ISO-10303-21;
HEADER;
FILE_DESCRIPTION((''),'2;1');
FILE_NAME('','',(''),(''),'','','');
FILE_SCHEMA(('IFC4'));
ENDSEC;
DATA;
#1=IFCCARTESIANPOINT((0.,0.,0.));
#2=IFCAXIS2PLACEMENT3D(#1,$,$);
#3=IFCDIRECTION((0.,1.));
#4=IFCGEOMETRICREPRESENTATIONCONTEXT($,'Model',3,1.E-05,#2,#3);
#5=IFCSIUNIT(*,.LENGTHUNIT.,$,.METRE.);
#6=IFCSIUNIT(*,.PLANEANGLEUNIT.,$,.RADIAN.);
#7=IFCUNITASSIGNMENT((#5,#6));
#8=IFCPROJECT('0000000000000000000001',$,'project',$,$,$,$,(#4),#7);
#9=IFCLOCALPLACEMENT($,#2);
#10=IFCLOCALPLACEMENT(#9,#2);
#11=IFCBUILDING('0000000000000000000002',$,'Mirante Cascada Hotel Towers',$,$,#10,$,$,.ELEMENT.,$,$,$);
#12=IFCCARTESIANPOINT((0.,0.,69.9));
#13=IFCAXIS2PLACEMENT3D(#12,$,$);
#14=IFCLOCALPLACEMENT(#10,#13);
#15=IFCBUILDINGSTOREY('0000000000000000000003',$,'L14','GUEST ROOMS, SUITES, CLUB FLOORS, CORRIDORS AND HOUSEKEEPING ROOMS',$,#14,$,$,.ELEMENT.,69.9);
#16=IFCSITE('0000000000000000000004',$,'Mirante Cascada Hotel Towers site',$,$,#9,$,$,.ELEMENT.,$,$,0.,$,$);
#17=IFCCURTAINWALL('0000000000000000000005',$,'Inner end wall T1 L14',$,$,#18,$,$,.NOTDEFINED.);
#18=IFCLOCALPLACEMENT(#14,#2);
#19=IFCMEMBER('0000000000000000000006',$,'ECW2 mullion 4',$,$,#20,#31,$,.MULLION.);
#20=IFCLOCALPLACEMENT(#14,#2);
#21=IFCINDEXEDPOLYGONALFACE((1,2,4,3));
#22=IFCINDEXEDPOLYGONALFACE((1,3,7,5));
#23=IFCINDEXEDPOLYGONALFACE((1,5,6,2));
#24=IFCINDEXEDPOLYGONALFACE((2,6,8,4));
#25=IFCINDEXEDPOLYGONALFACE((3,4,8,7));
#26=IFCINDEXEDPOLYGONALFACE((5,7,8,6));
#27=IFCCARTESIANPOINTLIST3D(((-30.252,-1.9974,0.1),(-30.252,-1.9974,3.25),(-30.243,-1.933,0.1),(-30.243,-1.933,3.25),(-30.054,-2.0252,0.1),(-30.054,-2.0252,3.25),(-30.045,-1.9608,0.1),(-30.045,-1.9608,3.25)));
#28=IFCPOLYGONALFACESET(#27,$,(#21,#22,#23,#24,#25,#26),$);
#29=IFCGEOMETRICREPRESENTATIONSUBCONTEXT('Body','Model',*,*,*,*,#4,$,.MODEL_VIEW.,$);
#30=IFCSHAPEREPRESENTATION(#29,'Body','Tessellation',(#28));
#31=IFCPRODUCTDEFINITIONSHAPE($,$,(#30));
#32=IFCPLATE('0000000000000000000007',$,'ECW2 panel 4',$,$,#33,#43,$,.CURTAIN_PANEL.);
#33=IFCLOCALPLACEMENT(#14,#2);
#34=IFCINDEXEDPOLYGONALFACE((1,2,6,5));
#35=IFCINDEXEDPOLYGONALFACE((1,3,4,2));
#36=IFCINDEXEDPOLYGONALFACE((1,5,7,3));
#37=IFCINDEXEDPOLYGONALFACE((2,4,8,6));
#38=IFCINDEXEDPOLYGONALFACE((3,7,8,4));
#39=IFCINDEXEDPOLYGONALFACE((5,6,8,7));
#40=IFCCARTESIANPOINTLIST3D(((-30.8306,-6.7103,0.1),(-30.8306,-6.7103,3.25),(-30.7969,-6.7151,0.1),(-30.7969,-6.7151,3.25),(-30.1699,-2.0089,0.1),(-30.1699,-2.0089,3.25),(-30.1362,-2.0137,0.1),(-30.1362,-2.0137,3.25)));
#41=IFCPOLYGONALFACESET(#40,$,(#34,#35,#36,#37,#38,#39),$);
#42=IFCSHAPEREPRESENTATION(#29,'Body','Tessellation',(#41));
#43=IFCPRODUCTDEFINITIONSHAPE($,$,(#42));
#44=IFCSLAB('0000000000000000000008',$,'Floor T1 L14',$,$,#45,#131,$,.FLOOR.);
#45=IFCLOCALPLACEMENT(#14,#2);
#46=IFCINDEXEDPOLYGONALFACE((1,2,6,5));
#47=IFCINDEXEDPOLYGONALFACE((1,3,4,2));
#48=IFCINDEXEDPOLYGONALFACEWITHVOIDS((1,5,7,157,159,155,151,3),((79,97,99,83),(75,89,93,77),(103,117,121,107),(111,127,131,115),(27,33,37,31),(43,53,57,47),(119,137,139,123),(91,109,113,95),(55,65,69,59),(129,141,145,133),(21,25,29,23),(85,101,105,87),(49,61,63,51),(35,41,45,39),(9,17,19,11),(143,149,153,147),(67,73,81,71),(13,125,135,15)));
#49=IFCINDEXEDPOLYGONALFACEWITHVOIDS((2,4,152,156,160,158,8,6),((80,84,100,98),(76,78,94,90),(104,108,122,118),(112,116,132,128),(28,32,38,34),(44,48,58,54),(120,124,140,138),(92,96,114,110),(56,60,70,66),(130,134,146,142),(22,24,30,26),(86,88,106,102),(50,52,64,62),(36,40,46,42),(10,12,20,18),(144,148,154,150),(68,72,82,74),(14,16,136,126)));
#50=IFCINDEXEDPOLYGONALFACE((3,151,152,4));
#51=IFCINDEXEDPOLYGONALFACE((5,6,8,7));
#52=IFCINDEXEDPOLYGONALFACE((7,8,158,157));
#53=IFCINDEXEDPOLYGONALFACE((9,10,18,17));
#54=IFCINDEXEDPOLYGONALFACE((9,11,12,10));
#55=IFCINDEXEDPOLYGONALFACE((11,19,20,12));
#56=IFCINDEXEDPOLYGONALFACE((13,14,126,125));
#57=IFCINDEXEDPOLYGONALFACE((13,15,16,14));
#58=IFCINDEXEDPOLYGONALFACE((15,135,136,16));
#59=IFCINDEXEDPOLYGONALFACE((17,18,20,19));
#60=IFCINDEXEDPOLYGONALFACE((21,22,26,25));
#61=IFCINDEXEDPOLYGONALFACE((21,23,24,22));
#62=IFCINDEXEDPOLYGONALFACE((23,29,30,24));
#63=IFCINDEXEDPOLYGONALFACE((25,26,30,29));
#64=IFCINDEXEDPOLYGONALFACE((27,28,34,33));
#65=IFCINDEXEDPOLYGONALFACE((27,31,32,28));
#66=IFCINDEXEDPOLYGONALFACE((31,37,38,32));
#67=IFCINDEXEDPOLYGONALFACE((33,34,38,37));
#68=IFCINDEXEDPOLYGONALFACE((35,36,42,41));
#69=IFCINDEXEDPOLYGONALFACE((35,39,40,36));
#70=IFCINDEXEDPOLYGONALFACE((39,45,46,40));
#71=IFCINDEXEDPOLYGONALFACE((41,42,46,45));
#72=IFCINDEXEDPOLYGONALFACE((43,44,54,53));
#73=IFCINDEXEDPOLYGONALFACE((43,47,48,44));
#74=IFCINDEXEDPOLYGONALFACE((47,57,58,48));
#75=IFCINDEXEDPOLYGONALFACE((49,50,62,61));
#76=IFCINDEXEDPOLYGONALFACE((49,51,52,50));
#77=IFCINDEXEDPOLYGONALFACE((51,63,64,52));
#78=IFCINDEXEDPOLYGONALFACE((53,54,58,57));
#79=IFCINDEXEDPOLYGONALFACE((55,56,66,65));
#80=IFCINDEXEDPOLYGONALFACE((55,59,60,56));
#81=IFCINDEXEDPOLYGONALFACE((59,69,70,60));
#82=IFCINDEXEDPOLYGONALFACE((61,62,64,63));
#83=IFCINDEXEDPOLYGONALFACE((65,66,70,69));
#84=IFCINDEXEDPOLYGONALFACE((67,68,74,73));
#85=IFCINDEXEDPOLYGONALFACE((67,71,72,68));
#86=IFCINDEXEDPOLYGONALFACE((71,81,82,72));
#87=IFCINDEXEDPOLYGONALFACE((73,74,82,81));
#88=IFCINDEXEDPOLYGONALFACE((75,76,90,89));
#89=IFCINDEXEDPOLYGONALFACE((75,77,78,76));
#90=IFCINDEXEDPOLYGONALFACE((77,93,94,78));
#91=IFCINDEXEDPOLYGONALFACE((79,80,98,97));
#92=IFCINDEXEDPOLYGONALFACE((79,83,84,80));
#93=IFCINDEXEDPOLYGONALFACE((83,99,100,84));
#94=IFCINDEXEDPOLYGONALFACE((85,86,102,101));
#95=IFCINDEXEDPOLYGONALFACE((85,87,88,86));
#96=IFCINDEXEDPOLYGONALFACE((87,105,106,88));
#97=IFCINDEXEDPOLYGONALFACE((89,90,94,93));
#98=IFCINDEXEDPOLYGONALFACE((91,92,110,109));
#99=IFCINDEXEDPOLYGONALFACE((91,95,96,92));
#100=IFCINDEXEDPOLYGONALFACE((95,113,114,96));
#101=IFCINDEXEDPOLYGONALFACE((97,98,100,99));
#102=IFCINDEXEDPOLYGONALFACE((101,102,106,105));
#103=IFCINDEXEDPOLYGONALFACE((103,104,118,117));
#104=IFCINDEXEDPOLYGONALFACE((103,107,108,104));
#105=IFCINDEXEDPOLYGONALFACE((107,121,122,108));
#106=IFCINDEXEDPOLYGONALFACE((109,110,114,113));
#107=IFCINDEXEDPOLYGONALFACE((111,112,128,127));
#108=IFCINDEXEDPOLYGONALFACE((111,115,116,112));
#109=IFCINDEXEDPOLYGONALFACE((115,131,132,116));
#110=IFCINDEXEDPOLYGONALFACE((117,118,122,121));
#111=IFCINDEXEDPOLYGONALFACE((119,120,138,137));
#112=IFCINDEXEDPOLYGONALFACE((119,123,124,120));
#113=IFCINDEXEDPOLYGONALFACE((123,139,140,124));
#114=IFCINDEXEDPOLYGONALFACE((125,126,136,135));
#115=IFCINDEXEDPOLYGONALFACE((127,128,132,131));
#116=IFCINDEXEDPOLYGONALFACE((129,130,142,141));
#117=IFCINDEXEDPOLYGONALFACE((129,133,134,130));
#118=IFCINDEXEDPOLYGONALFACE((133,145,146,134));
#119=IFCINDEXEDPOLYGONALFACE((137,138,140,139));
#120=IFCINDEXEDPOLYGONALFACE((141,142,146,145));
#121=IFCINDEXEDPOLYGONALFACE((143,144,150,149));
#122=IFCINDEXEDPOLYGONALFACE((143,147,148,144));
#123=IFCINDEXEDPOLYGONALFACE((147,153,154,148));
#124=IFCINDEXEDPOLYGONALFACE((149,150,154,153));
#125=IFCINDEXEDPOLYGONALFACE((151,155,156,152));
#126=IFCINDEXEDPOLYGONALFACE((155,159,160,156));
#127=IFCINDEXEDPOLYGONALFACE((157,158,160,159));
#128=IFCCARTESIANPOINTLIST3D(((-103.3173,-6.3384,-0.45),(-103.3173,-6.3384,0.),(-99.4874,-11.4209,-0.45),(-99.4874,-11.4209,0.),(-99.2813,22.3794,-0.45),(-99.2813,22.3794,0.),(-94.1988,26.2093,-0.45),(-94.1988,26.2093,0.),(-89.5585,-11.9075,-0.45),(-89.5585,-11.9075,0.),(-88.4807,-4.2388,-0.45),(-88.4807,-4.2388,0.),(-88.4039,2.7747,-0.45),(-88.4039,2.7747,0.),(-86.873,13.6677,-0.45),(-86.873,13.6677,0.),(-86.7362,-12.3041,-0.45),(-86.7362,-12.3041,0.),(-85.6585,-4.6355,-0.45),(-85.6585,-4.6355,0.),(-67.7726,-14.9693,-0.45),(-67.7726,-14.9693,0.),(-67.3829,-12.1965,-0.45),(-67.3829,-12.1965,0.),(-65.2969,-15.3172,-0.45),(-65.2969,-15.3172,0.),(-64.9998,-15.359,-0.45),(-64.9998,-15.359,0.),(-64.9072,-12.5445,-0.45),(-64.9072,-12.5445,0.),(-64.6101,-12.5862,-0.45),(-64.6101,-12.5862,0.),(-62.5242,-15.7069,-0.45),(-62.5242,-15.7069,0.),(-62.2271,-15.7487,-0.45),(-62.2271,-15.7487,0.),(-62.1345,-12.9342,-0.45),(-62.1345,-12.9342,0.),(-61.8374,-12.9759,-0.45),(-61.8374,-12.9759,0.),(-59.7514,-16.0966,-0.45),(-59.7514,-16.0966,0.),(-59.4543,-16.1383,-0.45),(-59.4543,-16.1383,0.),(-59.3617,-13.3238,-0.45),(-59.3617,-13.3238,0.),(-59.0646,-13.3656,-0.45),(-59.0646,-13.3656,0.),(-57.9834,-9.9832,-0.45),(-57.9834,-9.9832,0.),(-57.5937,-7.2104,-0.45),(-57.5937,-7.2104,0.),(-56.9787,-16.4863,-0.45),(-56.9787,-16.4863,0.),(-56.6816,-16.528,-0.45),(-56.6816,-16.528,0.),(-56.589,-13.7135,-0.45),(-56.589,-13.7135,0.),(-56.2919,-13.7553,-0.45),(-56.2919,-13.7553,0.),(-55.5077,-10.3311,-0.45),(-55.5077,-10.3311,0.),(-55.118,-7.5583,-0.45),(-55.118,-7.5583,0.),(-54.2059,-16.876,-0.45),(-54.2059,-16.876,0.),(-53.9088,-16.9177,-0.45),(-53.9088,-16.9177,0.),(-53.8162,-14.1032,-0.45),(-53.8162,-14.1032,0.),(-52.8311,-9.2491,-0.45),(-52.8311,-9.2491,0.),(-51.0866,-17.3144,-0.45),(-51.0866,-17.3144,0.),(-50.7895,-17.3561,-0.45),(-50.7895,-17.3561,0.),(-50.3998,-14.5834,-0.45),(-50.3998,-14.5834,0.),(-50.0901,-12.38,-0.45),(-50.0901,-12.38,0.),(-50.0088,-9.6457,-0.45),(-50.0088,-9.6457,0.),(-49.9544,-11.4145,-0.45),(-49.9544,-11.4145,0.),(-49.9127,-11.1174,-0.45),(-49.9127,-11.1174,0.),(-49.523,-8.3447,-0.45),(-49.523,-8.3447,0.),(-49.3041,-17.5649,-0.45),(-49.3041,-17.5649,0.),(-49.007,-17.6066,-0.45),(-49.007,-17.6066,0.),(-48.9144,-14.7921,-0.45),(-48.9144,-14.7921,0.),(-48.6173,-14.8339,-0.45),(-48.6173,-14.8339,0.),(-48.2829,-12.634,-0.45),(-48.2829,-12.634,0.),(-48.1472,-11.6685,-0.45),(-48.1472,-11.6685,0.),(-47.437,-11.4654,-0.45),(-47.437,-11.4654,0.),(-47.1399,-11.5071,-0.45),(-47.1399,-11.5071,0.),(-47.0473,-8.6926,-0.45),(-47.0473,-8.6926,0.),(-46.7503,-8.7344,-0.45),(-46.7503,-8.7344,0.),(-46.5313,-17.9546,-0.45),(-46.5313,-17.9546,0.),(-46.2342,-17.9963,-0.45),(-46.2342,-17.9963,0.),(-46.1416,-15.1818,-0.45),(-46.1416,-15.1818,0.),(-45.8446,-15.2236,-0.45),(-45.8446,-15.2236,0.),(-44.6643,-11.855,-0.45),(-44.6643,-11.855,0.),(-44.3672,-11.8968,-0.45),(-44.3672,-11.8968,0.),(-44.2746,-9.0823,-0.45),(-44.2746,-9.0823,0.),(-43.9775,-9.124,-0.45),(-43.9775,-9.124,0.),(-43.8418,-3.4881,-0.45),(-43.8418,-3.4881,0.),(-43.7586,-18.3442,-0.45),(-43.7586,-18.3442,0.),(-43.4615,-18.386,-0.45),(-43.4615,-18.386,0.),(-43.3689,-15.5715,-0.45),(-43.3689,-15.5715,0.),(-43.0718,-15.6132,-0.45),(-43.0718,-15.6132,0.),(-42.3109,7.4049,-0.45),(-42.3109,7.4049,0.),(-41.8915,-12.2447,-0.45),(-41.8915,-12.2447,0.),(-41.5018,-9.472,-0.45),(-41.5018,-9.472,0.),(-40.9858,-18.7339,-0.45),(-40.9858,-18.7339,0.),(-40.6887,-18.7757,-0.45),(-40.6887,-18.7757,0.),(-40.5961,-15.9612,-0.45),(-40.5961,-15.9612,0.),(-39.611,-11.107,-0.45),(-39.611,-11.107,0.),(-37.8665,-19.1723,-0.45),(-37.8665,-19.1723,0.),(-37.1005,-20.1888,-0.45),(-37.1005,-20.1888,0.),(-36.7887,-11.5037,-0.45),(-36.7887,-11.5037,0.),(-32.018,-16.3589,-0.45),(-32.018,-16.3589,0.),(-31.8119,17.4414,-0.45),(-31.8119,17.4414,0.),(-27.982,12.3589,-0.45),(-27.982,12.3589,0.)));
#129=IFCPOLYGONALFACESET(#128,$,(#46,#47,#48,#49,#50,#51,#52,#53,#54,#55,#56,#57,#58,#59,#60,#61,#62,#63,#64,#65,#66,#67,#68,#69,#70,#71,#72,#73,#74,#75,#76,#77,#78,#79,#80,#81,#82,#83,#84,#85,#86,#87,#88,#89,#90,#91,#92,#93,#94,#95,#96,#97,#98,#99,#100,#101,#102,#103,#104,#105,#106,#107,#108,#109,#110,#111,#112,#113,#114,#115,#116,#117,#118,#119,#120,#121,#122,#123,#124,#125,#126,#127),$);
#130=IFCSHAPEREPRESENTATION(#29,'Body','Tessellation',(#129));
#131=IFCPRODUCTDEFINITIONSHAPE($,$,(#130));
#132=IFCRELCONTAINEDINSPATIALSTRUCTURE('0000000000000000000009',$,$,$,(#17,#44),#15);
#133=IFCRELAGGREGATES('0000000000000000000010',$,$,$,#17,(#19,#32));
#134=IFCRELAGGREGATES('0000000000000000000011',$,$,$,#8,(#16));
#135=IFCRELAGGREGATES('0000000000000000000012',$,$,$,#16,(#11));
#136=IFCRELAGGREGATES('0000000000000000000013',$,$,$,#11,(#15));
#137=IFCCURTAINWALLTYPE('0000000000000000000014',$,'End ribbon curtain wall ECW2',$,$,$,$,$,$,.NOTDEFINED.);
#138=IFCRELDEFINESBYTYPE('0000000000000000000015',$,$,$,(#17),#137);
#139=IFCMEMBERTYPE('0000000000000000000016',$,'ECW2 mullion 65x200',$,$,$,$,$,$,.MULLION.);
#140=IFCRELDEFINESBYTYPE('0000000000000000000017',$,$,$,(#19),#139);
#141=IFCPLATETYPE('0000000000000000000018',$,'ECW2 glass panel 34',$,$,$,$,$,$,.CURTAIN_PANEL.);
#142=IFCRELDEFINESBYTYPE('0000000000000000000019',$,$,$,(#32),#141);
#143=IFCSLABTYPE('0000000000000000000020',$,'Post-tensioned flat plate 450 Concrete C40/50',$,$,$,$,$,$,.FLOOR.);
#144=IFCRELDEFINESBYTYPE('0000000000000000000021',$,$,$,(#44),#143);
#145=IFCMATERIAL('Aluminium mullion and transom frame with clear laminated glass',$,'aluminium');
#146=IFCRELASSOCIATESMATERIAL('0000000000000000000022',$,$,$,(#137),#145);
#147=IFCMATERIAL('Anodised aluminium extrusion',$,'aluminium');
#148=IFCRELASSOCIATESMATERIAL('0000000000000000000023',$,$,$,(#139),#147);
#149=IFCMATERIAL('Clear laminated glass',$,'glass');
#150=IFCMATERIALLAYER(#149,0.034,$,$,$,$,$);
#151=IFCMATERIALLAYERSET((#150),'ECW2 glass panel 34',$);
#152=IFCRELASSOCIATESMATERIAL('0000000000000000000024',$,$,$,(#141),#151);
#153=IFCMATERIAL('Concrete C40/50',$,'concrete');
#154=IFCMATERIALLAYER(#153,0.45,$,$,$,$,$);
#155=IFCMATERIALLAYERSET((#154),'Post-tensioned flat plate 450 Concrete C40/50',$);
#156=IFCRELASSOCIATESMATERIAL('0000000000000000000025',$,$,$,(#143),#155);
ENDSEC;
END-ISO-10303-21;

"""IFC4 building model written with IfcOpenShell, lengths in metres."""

from ifc_helpers import new_model, si_unit, direction, frame, origin, origin_2d, place, context, subcontext, project, spatial, polyline, rectangle, outline, extrude, material, layer, layer_set, material_profile, profile_set, type_object, element, aggregate, save


model = new_model("IFC4")

# Units and contexts
model_context = context("Model", 3, precision=1e-05, world=origin(), true_north=direction((0.0, 1.0)))
body_context = subcontext(model_context, "Body", "Model", "MODEL_VIEW")
ifc_project = project(units=[si_unit("LENGTHUNIT", "METRE"), si_unit("PLANEANGLEUNIT", "RADIAN")], contexts=[model_context])

# Site, building, storey
site_placement = place(None, origin())
site = spatial("IfcSite", under=ifc_project, at=site_placement, Name="Mirante Cascada Hotel Towers site", CompositionType="ELEMENT", RefElevation=0.0)
building_placement = place(site_placement, origin())
building = spatial("IfcBuilding", under=site, at=building_placement, Name="Mirante Cascada Hotel Towers", CompositionType="ELEMENT")
storey_placement = place(building_placement, frame((0.0, 0.0, 69.9)))
storey = spatial("IfcBuildingStorey", under=building, at=storey_placement, Name="L14", Description="GUEST ROOMS, SUITES, CLUB FLOORS, CORRIDORS AND HOUSEKEEPING ROOMS", CompositionType="ELEMENT", Elevation=69.9)

# Curtain wall, member, plate
ifc_material_1 = material(Name="Aluminium mullion and transom frame with clear laminated glass", Category="aluminium")
curtain_wall_type = type_object("IfcCurtainWallType", Name="End ribbon curtain wall ECW2", PredefinedType="NOTDEFINED", material=ifc_material_1)
curtain_wall_placement = place(storey_placement, origin())
curtain_wall = element("IfcCurtainWall", 1, at=curtain_wall_placement, inside=storey, type_object=curtain_wall_type, Name="Inner end wall T1 L14", PredefinedType="NOTDEFINED")
ifc_material_2 = material(Name="Anodised aluminium extrusion", Category="aluminium")
ifc_material_profile = material_profile(ifc_material_2, rectangle(XDim=0.2, YDim=0.065, at=origin_2d()), Name="ECW2 MULLION 65x200")
ifc_profile_set = profile_set([ifc_material_profile], Name="Anodised aluminium extrusion")
member_type = type_object("IfcMemberType", Name="ECW2 mullion 65x200", PredefinedType="MULLION", material=ifc_profile_set)
member_placement = place(storey_placement, frame((-30.1485, -1.9791, 0.1), z_axis=(0.0, 0.0, 1.0), x_axis=(0.990268, -0.139173, 0.0)))
member = element("IfcMember", 2, at=member_placement, type_object=member_type, Name="ECW2 mullion 4", PredefinedType="MULLION", context=body_context, shape_type="SweptSolid", body=[
    extrude(rectangle(XDim=0.2, YDim=0.065, at=origin_2d()), origin(), (0.0, 0.0, 1.0), 3.15),
])
ifc_material_3 = material(Name="Clear laminated glass", Category="glass")
ifc_layer_1 = layer(ifc_material_3, 0.034)
ifc_layer_set_1 = layer_set([ifc_layer_1], Name="ECW2 glass panel 34")
plate_type = type_object("IfcPlateType", Name="ECW2 glass panel 34", PredefinedType="CURTAIN_PANEL", material=ifc_layer_set_1)
plate_placement = place(storey_placement, frame((-30.4834, -4.362, 0.1), z_axis=(0.0, 0.0, 1.0), x_axis=(-0.139173, -0.990268, 0.0)))
plate = element("IfcPlate", 3, at=plate_placement, type_object=plate_type, Name="ECW2 panel 4", PredefinedType="CURTAIN_PANEL", context=body_context, shape_type="SweptSolid", body=[
    extrude(rectangle(XDim=4.7476, YDim=0.034, at=origin_2d()), origin(), (0.0, 0.0, 1.0), 3.15),
])
aggregate(curtain_wall, [member, plate])

# Slab
ifc_material_4 = material(Name="Concrete C40/50", Category="concrete")
ifc_layer_2 = layer(ifc_material_4, 0.45)
ifc_layer_set_2 = layer_set([ifc_layer_2], Name="Post-tensioned flat plate 450 Concrete C40/50")
slab_type = type_object("IfcSlabType", Name="Post-tensioned flat plate 450 Concrete C40/50", PredefinedType="FLOOR", material=ifc_layer_set_2)
slab_1_placement = place(storey_placement, frame((0.0, 0.0, -0.45)))
element("IfcSlab", 4, at=slab_1_placement, inside=storey, type_object=slab_type, Name="Floor T1 L14", PredefinedType="FLOOR", context=body_context, shape_type="SweptSolid", body=[
    extrude(outline(polyline([(-32.018, -16.3589), (-27.982, 12.3589), (-31.8119, 17.4414), (-94.1988, 26.2093), (-99.2813, 22.3794), (-103.3173, -6.3384), (-99.4874, -11.4209), (-37.1005, -20.1888), (-32.018, -16.3589)]), holes=[polyline([(-43.0718, -15.6132), (-40.5961, -15.9612), (-40.9858, -18.7339), (-43.4615, -18.386), (-43.0718, -15.6132)]), polyline([(-45.8446, -15.2236), (-43.3689, -15.5715), (-43.7586, -18.3442), (-46.2342, -17.9963), (-45.8446, -15.2236)]), polyline([(-48.6173, -14.8339), (-46.1416, -15.1818), (-46.5313, -17.9546), (-49.007, -17.6066), (-48.6173, -14.8339)]), polyline([(-50.3998, -14.5834), (-48.9144, -14.7921), (-49.3041, -17.5649), (-50.7895, -17.3561), (-50.3998, -14.5834)]), polyline([(-36.7887, -11.5037), (-37.8665, -19.1723), (-40.6887, -18.7757), (-39.611, -11.107), (-36.7887, -11.5037)]), polyline([(-49.9544, -11.4145), (-48.1472, -11.6685), (-48.2829, -12.634), (-50.0901, -12.38), (-49.9544, -11.4145)]), polyline([(-43.9775, -9.124), (-41.5018, -9.472), (-41.8915, -12.2447), (-44.3672, -11.8968), (-43.9775, -9.124)]), polyline([(-47.1399, -11.5071), (-46.7503, -8.7344), (-44.2746, -9.0823), (-44.6643, -11.855), (-47.1399, -11.5071)]), polyline([(-49.9127, -11.1174), (-49.523, -8.3447), (-47.0473, -8.6926), (-47.437, -11.4654), (-49.9127, -11.1174)]), polyline([(-56.2919, -13.7553), (-53.8162, -14.1032), (-54.2059, -16.876), (-56.6816, -16.528), (-56.2919, -13.7553)]), polyline([(-59.0646, -13.3656), (-56.589, -13.7135), (-56.9787, -16.4863), (-59.4543, -16.1383), (-59.0646, -13.3656)]), polyline([(-61.8374, -12.9759), (-59.3617, -13.3238), (-59.7514, -16.0966), (-62.2271, -15.7487), (-61.8374, -12.9759)]), polyline([(-64.6101, -12.5862), (-62.1345, -12.9342), (-62.5242, -15.7069), (-64.9998, -15.359), (-64.6101, -12.5862)]), polyline([(-67.3829, -12.1965), (-64.9072, -12.5445), (-65.2969, -15.3172), (-67.7726, -14.9693), (-67.3829, -12.1965)]), polyline([(-50.0088, -9.6457), (-51.0866, -17.3144), (-53.9088, -16.9177), (-52.8311, -9.2491), (-50.0088, -9.6457)]), polyline([(-85.6585, -4.6355), (-86.7362, -12.3041), (-89.5585, -11.9075), (-88.4807, -4.2388), (-85.6585, -4.6355)]), polyline([(-57.9834, -9.9832), (-57.5937, -7.2104), (-55.118, -7.5583), (-55.5077, -10.3311), (-57.9834, -9.9832)]), polyline([(-88.4039, 2.7747), (-86.873, 13.6677), (-42.3109, 7.4049), (-43.8418, -3.4881), (-88.4039, 2.7747)])]), origin(), (0.0, 0.0, 1.0), 0.45),
])

save(model, "model.ifc")
